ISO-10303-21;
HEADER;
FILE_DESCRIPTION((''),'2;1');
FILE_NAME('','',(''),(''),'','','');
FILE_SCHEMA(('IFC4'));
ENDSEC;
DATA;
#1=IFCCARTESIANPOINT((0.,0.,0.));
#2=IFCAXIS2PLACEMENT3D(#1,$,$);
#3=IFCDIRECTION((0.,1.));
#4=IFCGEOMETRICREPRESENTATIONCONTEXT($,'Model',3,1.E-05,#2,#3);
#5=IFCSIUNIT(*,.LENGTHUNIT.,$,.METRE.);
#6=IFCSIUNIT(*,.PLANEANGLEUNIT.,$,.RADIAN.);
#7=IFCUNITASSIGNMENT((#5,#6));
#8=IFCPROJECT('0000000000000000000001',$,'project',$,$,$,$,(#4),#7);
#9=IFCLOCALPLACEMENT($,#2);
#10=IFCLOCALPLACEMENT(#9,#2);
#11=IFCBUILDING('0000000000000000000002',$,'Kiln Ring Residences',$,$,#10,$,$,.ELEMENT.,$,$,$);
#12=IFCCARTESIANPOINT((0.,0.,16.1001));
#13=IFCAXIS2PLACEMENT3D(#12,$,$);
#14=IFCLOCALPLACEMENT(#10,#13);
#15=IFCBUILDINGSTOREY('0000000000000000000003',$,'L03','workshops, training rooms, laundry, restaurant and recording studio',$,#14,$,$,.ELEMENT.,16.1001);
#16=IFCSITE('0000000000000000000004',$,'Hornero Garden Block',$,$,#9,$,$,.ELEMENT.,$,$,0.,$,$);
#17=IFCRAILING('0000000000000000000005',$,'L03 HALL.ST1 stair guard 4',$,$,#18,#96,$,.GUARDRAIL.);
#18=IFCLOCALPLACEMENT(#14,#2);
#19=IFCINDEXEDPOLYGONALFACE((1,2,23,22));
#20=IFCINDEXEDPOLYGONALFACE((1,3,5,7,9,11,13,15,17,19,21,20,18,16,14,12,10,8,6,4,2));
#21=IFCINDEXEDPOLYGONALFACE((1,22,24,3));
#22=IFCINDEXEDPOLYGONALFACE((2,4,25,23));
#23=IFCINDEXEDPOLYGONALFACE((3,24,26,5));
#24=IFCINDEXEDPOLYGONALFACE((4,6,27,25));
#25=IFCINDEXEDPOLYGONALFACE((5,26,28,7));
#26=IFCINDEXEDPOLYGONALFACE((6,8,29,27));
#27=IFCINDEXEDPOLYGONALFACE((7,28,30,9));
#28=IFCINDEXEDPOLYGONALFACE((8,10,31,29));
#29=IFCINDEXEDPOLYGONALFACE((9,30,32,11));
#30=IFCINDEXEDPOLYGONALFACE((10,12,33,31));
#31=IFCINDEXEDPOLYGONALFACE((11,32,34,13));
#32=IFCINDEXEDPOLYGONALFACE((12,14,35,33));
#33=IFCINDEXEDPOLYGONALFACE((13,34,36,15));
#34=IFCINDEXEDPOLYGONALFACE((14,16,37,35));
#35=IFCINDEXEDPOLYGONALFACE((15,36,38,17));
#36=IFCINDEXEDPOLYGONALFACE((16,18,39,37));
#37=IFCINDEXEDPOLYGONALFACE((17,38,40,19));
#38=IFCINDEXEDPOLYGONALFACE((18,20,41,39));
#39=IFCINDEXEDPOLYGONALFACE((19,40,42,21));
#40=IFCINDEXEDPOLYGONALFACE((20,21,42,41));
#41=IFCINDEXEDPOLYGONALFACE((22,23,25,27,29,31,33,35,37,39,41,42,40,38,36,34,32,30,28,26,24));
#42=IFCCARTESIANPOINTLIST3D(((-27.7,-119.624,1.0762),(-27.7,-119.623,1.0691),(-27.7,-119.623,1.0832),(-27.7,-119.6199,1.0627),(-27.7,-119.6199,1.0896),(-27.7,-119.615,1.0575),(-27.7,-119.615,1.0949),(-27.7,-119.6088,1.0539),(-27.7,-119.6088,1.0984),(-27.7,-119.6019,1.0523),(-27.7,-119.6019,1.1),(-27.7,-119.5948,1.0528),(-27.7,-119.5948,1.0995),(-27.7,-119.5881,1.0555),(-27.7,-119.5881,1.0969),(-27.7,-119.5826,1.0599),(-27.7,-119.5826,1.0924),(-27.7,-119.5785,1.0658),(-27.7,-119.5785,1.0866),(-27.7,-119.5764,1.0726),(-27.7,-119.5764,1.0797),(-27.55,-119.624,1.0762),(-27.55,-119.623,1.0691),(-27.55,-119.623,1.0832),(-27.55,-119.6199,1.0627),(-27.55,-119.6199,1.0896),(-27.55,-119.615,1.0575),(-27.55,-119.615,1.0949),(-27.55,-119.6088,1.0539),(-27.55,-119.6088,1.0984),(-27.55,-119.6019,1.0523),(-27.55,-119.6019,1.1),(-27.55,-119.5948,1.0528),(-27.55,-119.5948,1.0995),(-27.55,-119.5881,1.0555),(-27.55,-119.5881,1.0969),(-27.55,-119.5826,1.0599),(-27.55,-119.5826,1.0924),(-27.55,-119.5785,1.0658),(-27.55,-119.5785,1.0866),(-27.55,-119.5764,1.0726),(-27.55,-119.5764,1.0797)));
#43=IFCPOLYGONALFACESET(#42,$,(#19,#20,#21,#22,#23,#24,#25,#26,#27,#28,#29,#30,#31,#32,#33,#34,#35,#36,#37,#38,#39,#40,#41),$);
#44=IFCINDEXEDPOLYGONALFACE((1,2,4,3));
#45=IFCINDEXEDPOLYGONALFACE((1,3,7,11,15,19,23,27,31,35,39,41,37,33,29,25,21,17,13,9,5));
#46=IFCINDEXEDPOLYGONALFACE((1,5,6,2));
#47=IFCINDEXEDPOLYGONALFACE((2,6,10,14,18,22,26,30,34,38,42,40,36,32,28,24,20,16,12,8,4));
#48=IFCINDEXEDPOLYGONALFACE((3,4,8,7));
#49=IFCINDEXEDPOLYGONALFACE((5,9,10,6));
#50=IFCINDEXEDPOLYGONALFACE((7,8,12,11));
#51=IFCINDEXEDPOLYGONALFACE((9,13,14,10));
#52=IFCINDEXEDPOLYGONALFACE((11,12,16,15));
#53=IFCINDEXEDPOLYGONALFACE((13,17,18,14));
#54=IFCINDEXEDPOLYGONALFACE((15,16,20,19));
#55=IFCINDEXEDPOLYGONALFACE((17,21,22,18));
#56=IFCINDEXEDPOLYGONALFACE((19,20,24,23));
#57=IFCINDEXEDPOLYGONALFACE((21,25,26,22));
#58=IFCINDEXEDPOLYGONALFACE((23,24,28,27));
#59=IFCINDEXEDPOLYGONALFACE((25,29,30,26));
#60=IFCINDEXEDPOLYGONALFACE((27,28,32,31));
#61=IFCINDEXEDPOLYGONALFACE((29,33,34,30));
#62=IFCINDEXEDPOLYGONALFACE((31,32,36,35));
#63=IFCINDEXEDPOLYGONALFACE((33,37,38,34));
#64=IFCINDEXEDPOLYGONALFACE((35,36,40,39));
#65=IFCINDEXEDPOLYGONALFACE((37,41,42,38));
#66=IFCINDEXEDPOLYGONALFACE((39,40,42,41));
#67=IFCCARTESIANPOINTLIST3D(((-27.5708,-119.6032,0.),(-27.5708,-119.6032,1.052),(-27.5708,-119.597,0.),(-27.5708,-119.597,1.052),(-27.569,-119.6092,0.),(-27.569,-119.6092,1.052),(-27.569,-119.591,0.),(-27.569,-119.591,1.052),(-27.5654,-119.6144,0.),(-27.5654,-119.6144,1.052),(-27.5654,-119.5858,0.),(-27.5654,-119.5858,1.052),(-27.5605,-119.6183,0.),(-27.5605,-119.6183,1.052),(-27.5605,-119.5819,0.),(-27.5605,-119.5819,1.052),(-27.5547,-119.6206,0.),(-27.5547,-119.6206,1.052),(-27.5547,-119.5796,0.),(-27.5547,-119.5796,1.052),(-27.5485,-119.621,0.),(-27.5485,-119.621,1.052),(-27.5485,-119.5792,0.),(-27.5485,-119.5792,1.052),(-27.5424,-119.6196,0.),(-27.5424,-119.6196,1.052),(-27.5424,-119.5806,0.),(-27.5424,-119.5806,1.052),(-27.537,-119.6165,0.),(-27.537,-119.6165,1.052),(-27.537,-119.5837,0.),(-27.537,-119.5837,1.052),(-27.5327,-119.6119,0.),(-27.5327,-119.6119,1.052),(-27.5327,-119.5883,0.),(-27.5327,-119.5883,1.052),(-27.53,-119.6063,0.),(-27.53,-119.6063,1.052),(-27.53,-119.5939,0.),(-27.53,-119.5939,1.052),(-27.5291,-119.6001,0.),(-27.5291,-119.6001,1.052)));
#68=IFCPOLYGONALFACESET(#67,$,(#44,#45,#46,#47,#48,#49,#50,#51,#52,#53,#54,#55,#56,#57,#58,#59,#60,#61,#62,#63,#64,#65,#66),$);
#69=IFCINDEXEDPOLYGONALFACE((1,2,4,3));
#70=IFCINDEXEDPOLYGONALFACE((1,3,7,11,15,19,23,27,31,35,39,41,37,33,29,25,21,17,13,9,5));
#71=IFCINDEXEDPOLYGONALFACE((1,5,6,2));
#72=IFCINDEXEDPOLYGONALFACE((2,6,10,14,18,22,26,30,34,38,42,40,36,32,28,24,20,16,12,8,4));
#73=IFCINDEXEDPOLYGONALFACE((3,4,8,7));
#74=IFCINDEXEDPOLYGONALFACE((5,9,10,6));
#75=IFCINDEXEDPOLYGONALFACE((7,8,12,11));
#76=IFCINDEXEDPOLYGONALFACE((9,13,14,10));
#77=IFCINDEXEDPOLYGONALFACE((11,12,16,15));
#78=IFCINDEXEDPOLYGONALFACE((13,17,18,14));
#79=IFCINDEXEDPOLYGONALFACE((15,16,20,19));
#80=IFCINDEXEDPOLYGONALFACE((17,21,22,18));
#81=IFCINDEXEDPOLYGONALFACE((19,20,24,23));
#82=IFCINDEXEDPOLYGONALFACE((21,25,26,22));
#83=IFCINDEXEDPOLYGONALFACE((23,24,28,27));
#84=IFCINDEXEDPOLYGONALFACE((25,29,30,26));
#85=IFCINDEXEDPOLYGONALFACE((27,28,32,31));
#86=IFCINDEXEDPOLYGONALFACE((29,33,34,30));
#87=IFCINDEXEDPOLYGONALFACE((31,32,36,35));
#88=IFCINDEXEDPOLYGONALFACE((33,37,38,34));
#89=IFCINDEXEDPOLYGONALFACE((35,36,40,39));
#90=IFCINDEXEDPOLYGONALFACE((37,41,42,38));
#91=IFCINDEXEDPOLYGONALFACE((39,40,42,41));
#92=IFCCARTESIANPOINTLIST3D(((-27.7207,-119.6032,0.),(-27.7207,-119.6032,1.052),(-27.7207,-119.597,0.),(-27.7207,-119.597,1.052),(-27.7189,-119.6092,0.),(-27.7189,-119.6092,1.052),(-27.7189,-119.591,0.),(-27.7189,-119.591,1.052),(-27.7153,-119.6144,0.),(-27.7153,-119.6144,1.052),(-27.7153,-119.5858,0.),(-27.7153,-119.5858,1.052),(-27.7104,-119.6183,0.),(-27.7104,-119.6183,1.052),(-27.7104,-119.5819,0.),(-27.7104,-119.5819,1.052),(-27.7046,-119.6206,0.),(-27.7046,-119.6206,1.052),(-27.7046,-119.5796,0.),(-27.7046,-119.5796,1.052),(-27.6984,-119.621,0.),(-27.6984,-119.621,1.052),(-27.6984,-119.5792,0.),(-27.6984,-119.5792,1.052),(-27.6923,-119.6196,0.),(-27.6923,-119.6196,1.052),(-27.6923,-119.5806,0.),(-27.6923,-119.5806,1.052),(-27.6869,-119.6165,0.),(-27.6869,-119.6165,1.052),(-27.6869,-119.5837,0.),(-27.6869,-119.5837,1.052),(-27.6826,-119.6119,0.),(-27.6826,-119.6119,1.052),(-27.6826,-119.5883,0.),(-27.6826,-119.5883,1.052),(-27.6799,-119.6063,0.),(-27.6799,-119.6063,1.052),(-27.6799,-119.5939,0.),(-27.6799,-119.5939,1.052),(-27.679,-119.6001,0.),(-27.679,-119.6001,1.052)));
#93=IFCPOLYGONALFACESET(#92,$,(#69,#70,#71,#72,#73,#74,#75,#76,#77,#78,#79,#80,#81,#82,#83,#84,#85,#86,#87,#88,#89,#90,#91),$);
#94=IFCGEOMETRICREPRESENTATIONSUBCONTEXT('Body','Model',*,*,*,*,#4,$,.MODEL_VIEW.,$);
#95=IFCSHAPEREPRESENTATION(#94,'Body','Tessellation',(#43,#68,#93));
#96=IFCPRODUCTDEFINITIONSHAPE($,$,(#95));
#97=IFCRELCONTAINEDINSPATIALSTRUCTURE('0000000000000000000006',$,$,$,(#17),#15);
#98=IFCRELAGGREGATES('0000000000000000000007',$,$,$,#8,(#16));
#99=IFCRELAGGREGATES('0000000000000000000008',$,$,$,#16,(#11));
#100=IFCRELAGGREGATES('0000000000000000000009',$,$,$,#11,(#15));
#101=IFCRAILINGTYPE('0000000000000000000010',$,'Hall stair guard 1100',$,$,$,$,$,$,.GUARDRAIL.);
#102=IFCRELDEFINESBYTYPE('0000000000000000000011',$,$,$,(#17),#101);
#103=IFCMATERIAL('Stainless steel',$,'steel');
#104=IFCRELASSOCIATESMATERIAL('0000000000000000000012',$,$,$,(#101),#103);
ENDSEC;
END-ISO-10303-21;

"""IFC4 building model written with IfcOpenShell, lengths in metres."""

from ifc_helpers import new_model, si_unit, direction, frame, origin, origin_2d, place, context, subcontext, project, spatial, circle, extrude, material, type_object, element, save


model = new_model("IFC4")

# Units and contexts
model_context = context("Model", 3, precision=1e-05, world=origin(), true_north=direction((0.0, 1.0)))
body_context = subcontext(model_context, "Body", "Model", "MODEL_VIEW")
ifc_project = project(units=[si_unit("LENGTHUNIT", "METRE"), si_unit("PLANEANGLEUNIT", "RADIAN")], contexts=[model_context])

# Site, building, storey
site_placement = place(None, origin())
site = spatial("IfcSite", under=ifc_project, at=site_placement, Name="Hornero Garden Block", CompositionType="ELEMENT", RefElevation=0.0)
building_placement = place(site_placement, origin())
building = spatial("IfcBuilding", under=site, at=building_placement, Name="Kiln Ring Residences", CompositionType="ELEMENT")
storey_placement = place(building_placement, frame((0.0, 0.0, 16.1001)))
storey = spatial("IfcBuildingStorey", under=building, at=storey_placement, Name="L03", Description="workshops, training rooms, laundry, restaurant and recording studio", CompositionType="ELEMENT", Elevation=16.1001)

# Railing
ifc_material_1 = material(Name="Stainless steel", Category="steel")
railing_type_1 = type_object("IfcRailingType", Name="Hall stair guard 1100", PredefinedType="GUARDRAIL", material=ifc_material_1)
railing_1_placement = place(storey_placement, frame((-27.55, -119.6001, 0.0)))
element("IfcRailing", 1, at=railing_1_placement, inside=storey, type_object=railing_type_1, Name="L03 HALL.ST1 stair guard 4", PredefinedType="GUARDRAIL", context=body_context, shape_type="SweptSolid", body=[
    extrude(circle(Radius=0.0239, at=origin_2d()), frame((0.0, 0.0, 1.0762), z_axis=(-1.0, 0.0, 0.0), x_axis=(0.0, -1.0, 0.0)), (0.0, 0.0, 1.0), 0.1499),
    extrude(circle(Radius=0.021, at=origin_2d()), origin(), (0.0, 0.0, 1.0), 1.052),
    extrude(circle(Radius=0.021, at=origin_2d()), frame((-0.1499, 0.0, 0.0)), (0.0, 0.0, 1.0), 1.052),
])

save(model, "model.ifc")
